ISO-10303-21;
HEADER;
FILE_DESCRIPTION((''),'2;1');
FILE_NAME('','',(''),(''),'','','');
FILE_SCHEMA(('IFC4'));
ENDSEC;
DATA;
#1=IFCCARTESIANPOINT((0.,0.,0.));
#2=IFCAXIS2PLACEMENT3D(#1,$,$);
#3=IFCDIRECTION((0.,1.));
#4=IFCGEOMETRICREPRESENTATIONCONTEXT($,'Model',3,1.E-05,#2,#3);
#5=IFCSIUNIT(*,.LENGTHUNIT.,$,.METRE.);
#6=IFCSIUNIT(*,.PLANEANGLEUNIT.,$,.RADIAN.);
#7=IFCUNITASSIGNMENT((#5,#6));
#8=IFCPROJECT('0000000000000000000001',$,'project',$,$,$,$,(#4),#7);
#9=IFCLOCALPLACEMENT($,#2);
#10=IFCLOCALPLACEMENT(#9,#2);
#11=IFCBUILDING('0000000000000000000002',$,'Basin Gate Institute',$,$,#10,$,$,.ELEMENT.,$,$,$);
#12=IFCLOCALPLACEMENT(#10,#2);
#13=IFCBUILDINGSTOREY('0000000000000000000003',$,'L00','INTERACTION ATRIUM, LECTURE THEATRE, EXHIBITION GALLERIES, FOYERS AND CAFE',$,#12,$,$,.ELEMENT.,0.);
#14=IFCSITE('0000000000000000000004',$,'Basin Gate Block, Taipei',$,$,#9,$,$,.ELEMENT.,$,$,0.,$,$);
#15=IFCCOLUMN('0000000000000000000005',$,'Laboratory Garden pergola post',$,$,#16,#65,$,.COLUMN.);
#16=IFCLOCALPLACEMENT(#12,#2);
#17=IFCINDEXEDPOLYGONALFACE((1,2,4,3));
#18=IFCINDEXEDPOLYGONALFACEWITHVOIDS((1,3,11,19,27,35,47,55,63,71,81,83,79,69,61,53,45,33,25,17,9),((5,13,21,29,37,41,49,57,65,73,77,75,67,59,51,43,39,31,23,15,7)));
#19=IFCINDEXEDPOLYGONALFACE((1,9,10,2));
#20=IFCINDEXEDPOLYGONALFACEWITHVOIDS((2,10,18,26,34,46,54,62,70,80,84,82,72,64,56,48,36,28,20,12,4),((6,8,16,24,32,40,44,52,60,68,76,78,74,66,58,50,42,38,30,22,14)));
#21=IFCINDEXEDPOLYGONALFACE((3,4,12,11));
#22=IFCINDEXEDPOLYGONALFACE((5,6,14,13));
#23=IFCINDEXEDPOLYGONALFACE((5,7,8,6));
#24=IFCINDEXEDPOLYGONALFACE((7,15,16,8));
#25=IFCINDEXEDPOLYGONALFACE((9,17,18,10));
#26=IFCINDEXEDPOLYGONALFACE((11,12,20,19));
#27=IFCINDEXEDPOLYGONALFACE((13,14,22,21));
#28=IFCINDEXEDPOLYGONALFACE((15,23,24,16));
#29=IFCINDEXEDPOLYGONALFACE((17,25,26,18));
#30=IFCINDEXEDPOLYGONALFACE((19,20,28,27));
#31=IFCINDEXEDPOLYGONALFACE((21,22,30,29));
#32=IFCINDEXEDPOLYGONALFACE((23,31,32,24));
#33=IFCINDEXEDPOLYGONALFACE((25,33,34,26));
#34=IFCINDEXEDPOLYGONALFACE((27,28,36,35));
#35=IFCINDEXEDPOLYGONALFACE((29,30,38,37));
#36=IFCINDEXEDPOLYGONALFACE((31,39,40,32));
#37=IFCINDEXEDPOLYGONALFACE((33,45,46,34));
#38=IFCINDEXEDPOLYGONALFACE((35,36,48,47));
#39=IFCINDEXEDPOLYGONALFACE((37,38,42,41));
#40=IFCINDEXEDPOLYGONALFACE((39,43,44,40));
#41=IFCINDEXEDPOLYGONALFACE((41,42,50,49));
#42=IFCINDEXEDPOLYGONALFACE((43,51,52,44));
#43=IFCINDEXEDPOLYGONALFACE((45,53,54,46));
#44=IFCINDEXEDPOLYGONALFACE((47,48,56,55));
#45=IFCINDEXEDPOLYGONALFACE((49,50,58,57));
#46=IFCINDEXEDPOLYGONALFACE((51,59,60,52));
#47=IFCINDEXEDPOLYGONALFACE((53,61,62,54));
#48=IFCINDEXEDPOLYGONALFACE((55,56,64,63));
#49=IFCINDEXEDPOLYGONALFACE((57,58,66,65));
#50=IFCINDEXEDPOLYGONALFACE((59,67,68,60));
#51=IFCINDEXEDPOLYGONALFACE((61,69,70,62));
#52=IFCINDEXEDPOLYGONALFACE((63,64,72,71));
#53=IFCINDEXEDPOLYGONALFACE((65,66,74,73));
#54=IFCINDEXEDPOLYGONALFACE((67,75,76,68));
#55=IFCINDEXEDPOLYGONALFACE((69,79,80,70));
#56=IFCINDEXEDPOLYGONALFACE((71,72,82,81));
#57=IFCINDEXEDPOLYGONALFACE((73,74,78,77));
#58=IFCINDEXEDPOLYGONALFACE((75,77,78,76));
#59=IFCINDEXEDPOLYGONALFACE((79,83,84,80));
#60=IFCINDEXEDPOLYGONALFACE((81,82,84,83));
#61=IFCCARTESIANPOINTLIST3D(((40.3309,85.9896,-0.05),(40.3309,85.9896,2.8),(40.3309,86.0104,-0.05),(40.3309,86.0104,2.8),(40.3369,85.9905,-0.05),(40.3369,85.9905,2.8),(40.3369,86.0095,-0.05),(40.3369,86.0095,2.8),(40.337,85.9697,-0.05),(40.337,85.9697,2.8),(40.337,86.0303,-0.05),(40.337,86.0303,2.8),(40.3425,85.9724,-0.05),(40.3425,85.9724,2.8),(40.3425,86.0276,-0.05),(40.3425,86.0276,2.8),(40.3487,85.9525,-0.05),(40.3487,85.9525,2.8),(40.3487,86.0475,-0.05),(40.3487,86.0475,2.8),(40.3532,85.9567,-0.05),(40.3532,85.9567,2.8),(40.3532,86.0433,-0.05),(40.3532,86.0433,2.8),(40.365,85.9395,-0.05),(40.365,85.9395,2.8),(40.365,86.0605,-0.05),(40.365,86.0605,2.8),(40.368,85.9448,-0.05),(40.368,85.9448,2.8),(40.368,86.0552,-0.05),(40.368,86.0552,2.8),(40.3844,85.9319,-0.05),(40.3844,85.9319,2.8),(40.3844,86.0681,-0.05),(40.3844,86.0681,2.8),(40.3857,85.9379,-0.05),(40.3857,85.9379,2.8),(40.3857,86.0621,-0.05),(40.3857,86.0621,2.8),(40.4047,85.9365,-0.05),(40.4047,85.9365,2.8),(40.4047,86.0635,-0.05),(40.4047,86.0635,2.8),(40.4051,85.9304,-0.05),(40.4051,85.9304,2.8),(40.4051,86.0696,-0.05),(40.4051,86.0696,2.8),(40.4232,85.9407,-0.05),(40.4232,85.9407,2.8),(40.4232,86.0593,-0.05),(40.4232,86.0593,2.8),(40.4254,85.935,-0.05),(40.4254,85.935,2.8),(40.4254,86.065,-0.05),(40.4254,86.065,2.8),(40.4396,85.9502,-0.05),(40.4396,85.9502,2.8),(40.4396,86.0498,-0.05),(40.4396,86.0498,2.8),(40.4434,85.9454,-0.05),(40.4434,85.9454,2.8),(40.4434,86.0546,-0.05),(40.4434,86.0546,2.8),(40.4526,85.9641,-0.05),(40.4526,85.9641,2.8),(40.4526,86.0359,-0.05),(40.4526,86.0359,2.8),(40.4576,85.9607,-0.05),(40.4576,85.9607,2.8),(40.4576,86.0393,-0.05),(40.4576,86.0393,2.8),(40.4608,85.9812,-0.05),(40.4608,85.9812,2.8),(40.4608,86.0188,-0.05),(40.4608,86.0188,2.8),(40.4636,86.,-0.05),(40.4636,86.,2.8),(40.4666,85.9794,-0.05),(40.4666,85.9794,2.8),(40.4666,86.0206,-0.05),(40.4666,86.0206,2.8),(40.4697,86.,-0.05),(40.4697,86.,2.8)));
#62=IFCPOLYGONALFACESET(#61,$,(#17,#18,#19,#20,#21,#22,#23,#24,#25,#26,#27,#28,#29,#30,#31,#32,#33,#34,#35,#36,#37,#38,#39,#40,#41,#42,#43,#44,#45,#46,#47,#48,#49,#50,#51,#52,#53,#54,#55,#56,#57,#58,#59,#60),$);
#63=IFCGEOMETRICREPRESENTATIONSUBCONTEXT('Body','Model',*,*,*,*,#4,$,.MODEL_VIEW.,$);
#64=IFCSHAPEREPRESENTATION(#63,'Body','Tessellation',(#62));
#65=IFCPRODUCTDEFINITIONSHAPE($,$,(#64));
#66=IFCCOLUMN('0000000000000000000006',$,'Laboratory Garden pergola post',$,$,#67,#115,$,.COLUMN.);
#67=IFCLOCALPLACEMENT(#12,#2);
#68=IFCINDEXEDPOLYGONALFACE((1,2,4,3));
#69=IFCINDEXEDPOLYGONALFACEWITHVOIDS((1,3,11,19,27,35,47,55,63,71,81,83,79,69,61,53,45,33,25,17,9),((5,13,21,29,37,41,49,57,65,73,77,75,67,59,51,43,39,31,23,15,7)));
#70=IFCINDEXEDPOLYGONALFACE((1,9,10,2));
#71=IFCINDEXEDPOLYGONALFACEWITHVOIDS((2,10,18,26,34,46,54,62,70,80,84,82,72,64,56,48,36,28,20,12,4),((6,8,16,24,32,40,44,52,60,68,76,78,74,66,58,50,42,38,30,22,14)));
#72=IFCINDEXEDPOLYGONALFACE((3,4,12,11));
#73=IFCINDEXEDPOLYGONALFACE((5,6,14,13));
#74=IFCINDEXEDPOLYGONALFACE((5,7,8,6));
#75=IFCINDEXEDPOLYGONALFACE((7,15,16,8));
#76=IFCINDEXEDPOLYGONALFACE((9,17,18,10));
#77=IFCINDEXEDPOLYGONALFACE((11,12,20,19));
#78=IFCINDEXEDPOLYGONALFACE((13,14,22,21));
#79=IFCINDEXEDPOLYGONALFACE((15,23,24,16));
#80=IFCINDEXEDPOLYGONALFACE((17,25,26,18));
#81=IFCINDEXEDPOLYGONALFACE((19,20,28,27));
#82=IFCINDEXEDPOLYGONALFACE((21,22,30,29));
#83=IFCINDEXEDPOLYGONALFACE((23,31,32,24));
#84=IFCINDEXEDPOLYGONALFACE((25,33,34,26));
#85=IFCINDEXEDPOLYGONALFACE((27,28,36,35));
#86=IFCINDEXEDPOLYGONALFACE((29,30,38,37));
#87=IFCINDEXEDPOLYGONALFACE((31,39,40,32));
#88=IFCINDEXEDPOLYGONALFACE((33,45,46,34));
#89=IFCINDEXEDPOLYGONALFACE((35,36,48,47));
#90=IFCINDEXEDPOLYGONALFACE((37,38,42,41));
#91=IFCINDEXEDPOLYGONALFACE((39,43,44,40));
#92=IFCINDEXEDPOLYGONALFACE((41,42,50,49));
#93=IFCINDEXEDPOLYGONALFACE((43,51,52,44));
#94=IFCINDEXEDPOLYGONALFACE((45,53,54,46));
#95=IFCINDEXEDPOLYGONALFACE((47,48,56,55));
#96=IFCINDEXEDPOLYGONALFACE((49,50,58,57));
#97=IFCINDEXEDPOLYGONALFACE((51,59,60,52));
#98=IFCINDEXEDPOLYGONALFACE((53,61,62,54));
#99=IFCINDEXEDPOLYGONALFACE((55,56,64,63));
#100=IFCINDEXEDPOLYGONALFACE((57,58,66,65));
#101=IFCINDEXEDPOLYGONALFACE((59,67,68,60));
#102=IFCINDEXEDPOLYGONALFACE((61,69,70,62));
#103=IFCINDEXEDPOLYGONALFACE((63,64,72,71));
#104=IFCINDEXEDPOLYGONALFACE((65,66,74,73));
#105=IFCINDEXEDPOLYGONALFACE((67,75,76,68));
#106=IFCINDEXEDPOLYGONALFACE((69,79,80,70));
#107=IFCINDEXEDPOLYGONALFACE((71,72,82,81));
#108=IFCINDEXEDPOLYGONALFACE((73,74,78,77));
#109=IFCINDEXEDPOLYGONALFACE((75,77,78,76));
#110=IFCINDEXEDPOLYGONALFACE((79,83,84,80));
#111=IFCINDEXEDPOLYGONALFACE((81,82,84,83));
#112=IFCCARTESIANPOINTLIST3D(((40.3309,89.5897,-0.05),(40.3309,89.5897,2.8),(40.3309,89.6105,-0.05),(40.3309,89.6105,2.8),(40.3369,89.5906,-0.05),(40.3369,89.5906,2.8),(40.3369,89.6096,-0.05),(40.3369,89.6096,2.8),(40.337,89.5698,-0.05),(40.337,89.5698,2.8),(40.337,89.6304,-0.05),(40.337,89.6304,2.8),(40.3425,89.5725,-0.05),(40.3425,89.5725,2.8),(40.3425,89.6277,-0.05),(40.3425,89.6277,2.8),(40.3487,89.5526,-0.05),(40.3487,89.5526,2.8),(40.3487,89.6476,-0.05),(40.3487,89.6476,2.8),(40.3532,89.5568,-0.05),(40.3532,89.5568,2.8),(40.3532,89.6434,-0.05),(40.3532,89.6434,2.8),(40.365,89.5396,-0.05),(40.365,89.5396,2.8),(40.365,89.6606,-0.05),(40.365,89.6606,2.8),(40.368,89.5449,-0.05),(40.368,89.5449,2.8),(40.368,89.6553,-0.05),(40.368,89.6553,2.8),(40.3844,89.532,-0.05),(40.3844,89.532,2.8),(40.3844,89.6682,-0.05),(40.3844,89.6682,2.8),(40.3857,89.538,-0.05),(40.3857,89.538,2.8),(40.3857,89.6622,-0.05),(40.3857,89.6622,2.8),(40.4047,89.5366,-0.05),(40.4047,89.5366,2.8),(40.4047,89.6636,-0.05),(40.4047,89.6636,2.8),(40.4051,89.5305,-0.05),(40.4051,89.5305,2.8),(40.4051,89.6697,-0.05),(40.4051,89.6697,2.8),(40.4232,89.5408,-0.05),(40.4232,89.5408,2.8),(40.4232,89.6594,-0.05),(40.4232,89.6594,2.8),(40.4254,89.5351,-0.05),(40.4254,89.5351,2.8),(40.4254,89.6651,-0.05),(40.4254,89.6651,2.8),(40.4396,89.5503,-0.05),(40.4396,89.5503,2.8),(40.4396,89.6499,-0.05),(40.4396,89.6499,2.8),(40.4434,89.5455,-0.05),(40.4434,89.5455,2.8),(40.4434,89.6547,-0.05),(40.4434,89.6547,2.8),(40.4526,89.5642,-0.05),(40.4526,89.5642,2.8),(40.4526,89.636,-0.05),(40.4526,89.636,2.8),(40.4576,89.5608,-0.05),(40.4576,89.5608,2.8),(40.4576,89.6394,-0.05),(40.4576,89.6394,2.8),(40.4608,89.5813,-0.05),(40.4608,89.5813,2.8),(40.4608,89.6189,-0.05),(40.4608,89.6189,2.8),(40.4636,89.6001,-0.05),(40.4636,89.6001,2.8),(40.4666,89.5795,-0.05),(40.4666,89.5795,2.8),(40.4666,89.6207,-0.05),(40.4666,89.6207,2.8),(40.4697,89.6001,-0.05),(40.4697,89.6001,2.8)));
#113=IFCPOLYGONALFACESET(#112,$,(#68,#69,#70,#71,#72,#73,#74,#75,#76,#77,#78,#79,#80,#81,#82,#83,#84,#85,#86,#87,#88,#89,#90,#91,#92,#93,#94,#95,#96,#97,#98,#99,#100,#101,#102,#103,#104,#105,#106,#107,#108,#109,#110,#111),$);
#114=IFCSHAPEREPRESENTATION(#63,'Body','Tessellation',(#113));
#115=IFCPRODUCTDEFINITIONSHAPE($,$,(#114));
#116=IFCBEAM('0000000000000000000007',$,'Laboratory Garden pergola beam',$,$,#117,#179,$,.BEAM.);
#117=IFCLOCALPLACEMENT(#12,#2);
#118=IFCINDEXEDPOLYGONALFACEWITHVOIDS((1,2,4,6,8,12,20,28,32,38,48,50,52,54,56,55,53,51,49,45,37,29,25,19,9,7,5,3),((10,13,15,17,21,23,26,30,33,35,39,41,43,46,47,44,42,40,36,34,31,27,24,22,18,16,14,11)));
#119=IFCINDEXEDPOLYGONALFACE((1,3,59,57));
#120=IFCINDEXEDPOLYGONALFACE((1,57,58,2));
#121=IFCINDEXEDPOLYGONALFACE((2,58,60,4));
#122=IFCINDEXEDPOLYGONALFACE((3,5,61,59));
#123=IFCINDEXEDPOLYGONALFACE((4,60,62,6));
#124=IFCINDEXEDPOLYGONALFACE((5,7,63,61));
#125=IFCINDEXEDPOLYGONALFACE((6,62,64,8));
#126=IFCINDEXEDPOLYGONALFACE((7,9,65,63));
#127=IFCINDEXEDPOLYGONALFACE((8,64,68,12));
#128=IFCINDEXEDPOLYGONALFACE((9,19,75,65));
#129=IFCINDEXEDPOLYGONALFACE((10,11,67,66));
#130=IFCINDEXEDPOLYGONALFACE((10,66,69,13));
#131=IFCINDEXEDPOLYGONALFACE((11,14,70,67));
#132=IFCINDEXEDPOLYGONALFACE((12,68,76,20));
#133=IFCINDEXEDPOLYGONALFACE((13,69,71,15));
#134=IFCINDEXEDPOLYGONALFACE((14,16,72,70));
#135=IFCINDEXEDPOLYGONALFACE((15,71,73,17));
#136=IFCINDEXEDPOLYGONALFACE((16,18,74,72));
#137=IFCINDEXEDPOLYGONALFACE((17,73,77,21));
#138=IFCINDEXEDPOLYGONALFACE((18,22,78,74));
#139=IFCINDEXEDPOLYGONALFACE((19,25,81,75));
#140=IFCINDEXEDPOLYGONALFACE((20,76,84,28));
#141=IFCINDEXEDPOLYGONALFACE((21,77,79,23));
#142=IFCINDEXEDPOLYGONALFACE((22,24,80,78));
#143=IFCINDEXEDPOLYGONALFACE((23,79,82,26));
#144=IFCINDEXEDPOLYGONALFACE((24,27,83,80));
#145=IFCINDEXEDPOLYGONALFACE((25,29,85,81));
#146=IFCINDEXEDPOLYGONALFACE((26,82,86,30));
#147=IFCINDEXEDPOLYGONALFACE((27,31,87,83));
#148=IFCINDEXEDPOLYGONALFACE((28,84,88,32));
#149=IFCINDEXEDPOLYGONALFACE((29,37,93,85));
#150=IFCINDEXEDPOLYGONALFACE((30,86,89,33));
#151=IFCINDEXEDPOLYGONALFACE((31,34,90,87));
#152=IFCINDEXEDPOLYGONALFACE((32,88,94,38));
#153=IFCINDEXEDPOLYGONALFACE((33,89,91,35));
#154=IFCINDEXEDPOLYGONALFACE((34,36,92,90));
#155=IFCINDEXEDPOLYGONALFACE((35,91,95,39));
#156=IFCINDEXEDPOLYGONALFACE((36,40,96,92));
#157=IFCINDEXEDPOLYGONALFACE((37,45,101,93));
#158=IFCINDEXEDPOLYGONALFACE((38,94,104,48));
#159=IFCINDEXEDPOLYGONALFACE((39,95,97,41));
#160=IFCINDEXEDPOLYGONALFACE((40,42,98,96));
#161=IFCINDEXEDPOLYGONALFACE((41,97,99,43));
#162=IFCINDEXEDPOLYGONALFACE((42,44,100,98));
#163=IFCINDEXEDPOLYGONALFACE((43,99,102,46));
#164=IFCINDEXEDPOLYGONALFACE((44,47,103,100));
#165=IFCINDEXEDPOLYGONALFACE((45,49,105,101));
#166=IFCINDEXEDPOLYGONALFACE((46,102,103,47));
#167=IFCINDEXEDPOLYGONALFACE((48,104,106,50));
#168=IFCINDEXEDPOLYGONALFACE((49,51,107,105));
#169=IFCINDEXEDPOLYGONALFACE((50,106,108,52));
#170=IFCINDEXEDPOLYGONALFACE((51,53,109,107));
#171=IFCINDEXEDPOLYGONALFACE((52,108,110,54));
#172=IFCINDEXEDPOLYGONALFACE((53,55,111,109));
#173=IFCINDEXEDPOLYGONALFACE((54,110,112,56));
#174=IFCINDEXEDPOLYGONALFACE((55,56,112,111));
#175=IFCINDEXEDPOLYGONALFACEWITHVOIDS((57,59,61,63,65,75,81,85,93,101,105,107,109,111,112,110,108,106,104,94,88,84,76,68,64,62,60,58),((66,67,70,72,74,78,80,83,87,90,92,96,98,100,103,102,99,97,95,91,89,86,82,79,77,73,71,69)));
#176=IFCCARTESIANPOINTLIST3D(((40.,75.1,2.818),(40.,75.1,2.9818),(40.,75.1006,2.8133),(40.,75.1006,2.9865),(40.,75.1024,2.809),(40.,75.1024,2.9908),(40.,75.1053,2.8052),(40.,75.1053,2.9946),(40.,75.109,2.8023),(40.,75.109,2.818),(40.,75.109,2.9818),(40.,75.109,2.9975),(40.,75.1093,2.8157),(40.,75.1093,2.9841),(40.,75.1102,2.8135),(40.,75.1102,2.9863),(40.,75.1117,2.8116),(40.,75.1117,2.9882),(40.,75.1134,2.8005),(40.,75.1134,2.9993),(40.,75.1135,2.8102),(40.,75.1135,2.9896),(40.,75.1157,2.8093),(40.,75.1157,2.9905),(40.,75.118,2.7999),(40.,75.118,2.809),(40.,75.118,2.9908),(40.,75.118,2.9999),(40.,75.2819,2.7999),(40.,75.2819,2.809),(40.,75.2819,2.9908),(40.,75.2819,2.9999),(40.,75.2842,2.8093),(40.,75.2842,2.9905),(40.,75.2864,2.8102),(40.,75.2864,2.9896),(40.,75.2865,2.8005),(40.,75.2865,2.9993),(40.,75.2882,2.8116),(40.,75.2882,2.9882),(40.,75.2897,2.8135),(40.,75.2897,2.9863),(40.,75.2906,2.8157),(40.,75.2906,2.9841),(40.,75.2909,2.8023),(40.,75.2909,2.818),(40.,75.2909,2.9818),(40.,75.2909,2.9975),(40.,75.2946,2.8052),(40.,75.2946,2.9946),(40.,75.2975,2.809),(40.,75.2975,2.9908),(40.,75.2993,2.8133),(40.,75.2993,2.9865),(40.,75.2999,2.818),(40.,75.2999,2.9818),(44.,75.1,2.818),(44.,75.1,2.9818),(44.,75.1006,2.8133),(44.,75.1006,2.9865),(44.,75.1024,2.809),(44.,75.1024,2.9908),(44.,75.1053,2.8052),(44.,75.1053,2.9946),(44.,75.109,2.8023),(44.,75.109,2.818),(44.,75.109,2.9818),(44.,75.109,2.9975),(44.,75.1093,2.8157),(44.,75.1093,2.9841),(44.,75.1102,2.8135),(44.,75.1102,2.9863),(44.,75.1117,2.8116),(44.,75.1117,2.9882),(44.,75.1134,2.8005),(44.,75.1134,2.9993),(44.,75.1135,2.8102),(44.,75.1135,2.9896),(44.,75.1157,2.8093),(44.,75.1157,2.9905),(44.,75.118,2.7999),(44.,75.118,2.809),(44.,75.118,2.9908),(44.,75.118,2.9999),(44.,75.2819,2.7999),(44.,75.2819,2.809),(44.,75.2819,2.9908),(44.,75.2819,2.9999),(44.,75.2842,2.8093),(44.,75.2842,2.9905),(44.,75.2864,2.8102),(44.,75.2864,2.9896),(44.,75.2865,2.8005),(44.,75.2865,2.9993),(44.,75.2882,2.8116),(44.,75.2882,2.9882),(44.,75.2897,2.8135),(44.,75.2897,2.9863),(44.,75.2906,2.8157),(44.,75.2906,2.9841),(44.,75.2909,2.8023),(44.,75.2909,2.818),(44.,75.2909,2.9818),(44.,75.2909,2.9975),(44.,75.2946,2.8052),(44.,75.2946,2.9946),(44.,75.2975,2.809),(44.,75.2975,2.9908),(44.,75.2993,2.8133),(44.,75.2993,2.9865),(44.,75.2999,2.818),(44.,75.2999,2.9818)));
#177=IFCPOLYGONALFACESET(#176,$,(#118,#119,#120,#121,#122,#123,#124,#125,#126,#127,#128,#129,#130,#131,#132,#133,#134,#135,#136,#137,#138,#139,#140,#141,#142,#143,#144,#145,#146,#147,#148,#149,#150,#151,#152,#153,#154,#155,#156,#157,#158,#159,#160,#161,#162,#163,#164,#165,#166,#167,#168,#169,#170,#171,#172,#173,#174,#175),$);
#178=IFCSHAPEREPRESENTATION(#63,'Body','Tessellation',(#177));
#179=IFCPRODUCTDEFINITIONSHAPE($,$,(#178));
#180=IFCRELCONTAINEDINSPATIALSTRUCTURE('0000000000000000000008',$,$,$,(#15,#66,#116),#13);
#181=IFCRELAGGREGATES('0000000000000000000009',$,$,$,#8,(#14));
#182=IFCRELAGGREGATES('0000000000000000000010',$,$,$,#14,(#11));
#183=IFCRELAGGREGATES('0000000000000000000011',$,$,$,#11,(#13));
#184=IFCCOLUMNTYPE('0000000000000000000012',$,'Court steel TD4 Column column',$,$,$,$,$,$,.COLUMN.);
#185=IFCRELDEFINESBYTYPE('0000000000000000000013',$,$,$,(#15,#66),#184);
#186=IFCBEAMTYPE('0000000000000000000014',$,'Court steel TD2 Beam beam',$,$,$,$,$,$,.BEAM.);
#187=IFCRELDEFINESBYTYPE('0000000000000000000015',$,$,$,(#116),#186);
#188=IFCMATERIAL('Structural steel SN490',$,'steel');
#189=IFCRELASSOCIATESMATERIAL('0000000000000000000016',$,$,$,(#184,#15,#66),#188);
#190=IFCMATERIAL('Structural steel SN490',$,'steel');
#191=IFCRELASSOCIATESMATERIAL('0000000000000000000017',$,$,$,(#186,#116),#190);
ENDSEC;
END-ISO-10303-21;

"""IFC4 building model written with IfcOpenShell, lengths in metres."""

from ifc_helpers import new_model, si_unit, direction, frame, origin, origin_2d, place, context, subcontext, project, spatial, hollow_rectangle, hollow_circle, extrude, material, material_profile, profile_set, type_object, element, save


model = new_model("IFC4")

# Units and contexts
model_context = context("Model", 3, precision=1e-05, world=origin(), true_north=direction((0.0, 1.0)))
body_context = subcontext(model_context, "Body", "Model", "MODEL_VIEW")
ifc_project = project(units=[si_unit("LENGTHUNIT", "METRE"), si_unit("PLANEANGLEUNIT", "RADIAN")], contexts=[model_context])

# Site, building, storey
site_placement = place(None, origin())
site = spatial("IfcSite", under=ifc_project, at=site_placement, Name="Basin Gate Block, Taipei", CompositionType="ELEMENT", RefElevation=0.0)
building_placement = place(site_placement, origin())
building = spatial("IfcBuilding", under=site, at=building_placement, Name="Basin Gate Institute", CompositionType="ELEMENT")
storey_placement = place(building_placement, origin())
storey = spatial("IfcBuildingStorey", under=building, at=storey_placement, Name="L00", Description="INTERACTION ATRIUM, LECTURE THEATRE, EXHIBITION GALLERIES, FOYERS AND CAFE", CompositionType="ELEMENT", Elevation=0.0)

# Columns
ifc_material_1 = material(Name="Structural steel SN490", Category="steel")
ifc_material_profile_1 = material_profile(ifc_material_1, hollow_circle(Radius=0.0698, WallThickness=0.0061, at=origin_2d()), Name="CHS139x6")
ifc_profile_set_1 = profile_set([ifc_material_profile_1], Name="Structural steel SN490")
column_type = type_object("IfcColumnType", Name="Court steel TD4 Column column", PredefinedType="COLUMN", material=ifc_profile_set_1)
for number, where, z_axis, x_axis, name in (
    (1, (40.3999, 86.0, -0.05), (0.0, 0.0, 1.0), (1.0, 0.0, 0.0), "Laboratory Garden pergola post"),
    (2, (40.3999, 89.6001, -0.05), (0.0, 0.0, 1.0), (1.0, 0.0, 0.0), "Laboratory Garden pergola post"),
):
    element("IfcColumn", number, at=place(storey_placement, frame(where, z_axis=z_axis, x_axis=x_axis)), inside=storey, type_object=column_type, material=ifc_profile_set_1, Name=name, PredefinedType="COLUMN", context=body_context, shape_type="SweptSolid", body=[
        extrude(hollow_circle(Radius=0.0698, WallThickness=0.0061, at=origin_2d()), origin(), (0.0, 0.0, 1.0), 2.8501),
    ])

# Beam
ifc_material_2 = material(Name="Structural steel SN490", Category="steel")
ifc_material_profile_2 = material_profile(ifc_material_2, hollow_rectangle(XDim=0.2, YDim=0.2, WallThickness=0.009, InnerFilletRadius=0.009, OuterFilletRadius=0.0181, at=origin_2d()), Name="RHS200x200x9")
ifc_profile_set_2 = profile_set([ifc_material_profile_2], Name="Structural steel SN490")
beam_type = type_object("IfcBeamType", Name="Court steel TD2 Beam beam", PredefinedType="BEAM", material=ifc_profile_set_2)
for number, where, z_axis, x_axis, name in (
    (3, (40.0, 75.2, 2.8999), (1.0, 0.0, 0.0), (0.0, 1.0, 0.0), "Laboratory Garden pergola beam"),
):
    element("IfcBeam", number, at=place(storey_placement, frame(where, z_axis=z_axis, x_axis=x_axis)), inside=storey, type_object=beam_type, material=ifc_profile_set_2, Name=name, PredefinedType="BEAM", context=body_context, shape_type="SweptSolid", body=[
        extrude(hollow_rectangle(XDim=0.2, YDim=0.2, WallThickness=0.009, InnerFilletRadius=0.009, OuterFilletRadius=0.0181, at=origin_2d()), origin(), (0.0, 0.0, 1.0), 4.0),
    ])

save(model, "model.ifc")
